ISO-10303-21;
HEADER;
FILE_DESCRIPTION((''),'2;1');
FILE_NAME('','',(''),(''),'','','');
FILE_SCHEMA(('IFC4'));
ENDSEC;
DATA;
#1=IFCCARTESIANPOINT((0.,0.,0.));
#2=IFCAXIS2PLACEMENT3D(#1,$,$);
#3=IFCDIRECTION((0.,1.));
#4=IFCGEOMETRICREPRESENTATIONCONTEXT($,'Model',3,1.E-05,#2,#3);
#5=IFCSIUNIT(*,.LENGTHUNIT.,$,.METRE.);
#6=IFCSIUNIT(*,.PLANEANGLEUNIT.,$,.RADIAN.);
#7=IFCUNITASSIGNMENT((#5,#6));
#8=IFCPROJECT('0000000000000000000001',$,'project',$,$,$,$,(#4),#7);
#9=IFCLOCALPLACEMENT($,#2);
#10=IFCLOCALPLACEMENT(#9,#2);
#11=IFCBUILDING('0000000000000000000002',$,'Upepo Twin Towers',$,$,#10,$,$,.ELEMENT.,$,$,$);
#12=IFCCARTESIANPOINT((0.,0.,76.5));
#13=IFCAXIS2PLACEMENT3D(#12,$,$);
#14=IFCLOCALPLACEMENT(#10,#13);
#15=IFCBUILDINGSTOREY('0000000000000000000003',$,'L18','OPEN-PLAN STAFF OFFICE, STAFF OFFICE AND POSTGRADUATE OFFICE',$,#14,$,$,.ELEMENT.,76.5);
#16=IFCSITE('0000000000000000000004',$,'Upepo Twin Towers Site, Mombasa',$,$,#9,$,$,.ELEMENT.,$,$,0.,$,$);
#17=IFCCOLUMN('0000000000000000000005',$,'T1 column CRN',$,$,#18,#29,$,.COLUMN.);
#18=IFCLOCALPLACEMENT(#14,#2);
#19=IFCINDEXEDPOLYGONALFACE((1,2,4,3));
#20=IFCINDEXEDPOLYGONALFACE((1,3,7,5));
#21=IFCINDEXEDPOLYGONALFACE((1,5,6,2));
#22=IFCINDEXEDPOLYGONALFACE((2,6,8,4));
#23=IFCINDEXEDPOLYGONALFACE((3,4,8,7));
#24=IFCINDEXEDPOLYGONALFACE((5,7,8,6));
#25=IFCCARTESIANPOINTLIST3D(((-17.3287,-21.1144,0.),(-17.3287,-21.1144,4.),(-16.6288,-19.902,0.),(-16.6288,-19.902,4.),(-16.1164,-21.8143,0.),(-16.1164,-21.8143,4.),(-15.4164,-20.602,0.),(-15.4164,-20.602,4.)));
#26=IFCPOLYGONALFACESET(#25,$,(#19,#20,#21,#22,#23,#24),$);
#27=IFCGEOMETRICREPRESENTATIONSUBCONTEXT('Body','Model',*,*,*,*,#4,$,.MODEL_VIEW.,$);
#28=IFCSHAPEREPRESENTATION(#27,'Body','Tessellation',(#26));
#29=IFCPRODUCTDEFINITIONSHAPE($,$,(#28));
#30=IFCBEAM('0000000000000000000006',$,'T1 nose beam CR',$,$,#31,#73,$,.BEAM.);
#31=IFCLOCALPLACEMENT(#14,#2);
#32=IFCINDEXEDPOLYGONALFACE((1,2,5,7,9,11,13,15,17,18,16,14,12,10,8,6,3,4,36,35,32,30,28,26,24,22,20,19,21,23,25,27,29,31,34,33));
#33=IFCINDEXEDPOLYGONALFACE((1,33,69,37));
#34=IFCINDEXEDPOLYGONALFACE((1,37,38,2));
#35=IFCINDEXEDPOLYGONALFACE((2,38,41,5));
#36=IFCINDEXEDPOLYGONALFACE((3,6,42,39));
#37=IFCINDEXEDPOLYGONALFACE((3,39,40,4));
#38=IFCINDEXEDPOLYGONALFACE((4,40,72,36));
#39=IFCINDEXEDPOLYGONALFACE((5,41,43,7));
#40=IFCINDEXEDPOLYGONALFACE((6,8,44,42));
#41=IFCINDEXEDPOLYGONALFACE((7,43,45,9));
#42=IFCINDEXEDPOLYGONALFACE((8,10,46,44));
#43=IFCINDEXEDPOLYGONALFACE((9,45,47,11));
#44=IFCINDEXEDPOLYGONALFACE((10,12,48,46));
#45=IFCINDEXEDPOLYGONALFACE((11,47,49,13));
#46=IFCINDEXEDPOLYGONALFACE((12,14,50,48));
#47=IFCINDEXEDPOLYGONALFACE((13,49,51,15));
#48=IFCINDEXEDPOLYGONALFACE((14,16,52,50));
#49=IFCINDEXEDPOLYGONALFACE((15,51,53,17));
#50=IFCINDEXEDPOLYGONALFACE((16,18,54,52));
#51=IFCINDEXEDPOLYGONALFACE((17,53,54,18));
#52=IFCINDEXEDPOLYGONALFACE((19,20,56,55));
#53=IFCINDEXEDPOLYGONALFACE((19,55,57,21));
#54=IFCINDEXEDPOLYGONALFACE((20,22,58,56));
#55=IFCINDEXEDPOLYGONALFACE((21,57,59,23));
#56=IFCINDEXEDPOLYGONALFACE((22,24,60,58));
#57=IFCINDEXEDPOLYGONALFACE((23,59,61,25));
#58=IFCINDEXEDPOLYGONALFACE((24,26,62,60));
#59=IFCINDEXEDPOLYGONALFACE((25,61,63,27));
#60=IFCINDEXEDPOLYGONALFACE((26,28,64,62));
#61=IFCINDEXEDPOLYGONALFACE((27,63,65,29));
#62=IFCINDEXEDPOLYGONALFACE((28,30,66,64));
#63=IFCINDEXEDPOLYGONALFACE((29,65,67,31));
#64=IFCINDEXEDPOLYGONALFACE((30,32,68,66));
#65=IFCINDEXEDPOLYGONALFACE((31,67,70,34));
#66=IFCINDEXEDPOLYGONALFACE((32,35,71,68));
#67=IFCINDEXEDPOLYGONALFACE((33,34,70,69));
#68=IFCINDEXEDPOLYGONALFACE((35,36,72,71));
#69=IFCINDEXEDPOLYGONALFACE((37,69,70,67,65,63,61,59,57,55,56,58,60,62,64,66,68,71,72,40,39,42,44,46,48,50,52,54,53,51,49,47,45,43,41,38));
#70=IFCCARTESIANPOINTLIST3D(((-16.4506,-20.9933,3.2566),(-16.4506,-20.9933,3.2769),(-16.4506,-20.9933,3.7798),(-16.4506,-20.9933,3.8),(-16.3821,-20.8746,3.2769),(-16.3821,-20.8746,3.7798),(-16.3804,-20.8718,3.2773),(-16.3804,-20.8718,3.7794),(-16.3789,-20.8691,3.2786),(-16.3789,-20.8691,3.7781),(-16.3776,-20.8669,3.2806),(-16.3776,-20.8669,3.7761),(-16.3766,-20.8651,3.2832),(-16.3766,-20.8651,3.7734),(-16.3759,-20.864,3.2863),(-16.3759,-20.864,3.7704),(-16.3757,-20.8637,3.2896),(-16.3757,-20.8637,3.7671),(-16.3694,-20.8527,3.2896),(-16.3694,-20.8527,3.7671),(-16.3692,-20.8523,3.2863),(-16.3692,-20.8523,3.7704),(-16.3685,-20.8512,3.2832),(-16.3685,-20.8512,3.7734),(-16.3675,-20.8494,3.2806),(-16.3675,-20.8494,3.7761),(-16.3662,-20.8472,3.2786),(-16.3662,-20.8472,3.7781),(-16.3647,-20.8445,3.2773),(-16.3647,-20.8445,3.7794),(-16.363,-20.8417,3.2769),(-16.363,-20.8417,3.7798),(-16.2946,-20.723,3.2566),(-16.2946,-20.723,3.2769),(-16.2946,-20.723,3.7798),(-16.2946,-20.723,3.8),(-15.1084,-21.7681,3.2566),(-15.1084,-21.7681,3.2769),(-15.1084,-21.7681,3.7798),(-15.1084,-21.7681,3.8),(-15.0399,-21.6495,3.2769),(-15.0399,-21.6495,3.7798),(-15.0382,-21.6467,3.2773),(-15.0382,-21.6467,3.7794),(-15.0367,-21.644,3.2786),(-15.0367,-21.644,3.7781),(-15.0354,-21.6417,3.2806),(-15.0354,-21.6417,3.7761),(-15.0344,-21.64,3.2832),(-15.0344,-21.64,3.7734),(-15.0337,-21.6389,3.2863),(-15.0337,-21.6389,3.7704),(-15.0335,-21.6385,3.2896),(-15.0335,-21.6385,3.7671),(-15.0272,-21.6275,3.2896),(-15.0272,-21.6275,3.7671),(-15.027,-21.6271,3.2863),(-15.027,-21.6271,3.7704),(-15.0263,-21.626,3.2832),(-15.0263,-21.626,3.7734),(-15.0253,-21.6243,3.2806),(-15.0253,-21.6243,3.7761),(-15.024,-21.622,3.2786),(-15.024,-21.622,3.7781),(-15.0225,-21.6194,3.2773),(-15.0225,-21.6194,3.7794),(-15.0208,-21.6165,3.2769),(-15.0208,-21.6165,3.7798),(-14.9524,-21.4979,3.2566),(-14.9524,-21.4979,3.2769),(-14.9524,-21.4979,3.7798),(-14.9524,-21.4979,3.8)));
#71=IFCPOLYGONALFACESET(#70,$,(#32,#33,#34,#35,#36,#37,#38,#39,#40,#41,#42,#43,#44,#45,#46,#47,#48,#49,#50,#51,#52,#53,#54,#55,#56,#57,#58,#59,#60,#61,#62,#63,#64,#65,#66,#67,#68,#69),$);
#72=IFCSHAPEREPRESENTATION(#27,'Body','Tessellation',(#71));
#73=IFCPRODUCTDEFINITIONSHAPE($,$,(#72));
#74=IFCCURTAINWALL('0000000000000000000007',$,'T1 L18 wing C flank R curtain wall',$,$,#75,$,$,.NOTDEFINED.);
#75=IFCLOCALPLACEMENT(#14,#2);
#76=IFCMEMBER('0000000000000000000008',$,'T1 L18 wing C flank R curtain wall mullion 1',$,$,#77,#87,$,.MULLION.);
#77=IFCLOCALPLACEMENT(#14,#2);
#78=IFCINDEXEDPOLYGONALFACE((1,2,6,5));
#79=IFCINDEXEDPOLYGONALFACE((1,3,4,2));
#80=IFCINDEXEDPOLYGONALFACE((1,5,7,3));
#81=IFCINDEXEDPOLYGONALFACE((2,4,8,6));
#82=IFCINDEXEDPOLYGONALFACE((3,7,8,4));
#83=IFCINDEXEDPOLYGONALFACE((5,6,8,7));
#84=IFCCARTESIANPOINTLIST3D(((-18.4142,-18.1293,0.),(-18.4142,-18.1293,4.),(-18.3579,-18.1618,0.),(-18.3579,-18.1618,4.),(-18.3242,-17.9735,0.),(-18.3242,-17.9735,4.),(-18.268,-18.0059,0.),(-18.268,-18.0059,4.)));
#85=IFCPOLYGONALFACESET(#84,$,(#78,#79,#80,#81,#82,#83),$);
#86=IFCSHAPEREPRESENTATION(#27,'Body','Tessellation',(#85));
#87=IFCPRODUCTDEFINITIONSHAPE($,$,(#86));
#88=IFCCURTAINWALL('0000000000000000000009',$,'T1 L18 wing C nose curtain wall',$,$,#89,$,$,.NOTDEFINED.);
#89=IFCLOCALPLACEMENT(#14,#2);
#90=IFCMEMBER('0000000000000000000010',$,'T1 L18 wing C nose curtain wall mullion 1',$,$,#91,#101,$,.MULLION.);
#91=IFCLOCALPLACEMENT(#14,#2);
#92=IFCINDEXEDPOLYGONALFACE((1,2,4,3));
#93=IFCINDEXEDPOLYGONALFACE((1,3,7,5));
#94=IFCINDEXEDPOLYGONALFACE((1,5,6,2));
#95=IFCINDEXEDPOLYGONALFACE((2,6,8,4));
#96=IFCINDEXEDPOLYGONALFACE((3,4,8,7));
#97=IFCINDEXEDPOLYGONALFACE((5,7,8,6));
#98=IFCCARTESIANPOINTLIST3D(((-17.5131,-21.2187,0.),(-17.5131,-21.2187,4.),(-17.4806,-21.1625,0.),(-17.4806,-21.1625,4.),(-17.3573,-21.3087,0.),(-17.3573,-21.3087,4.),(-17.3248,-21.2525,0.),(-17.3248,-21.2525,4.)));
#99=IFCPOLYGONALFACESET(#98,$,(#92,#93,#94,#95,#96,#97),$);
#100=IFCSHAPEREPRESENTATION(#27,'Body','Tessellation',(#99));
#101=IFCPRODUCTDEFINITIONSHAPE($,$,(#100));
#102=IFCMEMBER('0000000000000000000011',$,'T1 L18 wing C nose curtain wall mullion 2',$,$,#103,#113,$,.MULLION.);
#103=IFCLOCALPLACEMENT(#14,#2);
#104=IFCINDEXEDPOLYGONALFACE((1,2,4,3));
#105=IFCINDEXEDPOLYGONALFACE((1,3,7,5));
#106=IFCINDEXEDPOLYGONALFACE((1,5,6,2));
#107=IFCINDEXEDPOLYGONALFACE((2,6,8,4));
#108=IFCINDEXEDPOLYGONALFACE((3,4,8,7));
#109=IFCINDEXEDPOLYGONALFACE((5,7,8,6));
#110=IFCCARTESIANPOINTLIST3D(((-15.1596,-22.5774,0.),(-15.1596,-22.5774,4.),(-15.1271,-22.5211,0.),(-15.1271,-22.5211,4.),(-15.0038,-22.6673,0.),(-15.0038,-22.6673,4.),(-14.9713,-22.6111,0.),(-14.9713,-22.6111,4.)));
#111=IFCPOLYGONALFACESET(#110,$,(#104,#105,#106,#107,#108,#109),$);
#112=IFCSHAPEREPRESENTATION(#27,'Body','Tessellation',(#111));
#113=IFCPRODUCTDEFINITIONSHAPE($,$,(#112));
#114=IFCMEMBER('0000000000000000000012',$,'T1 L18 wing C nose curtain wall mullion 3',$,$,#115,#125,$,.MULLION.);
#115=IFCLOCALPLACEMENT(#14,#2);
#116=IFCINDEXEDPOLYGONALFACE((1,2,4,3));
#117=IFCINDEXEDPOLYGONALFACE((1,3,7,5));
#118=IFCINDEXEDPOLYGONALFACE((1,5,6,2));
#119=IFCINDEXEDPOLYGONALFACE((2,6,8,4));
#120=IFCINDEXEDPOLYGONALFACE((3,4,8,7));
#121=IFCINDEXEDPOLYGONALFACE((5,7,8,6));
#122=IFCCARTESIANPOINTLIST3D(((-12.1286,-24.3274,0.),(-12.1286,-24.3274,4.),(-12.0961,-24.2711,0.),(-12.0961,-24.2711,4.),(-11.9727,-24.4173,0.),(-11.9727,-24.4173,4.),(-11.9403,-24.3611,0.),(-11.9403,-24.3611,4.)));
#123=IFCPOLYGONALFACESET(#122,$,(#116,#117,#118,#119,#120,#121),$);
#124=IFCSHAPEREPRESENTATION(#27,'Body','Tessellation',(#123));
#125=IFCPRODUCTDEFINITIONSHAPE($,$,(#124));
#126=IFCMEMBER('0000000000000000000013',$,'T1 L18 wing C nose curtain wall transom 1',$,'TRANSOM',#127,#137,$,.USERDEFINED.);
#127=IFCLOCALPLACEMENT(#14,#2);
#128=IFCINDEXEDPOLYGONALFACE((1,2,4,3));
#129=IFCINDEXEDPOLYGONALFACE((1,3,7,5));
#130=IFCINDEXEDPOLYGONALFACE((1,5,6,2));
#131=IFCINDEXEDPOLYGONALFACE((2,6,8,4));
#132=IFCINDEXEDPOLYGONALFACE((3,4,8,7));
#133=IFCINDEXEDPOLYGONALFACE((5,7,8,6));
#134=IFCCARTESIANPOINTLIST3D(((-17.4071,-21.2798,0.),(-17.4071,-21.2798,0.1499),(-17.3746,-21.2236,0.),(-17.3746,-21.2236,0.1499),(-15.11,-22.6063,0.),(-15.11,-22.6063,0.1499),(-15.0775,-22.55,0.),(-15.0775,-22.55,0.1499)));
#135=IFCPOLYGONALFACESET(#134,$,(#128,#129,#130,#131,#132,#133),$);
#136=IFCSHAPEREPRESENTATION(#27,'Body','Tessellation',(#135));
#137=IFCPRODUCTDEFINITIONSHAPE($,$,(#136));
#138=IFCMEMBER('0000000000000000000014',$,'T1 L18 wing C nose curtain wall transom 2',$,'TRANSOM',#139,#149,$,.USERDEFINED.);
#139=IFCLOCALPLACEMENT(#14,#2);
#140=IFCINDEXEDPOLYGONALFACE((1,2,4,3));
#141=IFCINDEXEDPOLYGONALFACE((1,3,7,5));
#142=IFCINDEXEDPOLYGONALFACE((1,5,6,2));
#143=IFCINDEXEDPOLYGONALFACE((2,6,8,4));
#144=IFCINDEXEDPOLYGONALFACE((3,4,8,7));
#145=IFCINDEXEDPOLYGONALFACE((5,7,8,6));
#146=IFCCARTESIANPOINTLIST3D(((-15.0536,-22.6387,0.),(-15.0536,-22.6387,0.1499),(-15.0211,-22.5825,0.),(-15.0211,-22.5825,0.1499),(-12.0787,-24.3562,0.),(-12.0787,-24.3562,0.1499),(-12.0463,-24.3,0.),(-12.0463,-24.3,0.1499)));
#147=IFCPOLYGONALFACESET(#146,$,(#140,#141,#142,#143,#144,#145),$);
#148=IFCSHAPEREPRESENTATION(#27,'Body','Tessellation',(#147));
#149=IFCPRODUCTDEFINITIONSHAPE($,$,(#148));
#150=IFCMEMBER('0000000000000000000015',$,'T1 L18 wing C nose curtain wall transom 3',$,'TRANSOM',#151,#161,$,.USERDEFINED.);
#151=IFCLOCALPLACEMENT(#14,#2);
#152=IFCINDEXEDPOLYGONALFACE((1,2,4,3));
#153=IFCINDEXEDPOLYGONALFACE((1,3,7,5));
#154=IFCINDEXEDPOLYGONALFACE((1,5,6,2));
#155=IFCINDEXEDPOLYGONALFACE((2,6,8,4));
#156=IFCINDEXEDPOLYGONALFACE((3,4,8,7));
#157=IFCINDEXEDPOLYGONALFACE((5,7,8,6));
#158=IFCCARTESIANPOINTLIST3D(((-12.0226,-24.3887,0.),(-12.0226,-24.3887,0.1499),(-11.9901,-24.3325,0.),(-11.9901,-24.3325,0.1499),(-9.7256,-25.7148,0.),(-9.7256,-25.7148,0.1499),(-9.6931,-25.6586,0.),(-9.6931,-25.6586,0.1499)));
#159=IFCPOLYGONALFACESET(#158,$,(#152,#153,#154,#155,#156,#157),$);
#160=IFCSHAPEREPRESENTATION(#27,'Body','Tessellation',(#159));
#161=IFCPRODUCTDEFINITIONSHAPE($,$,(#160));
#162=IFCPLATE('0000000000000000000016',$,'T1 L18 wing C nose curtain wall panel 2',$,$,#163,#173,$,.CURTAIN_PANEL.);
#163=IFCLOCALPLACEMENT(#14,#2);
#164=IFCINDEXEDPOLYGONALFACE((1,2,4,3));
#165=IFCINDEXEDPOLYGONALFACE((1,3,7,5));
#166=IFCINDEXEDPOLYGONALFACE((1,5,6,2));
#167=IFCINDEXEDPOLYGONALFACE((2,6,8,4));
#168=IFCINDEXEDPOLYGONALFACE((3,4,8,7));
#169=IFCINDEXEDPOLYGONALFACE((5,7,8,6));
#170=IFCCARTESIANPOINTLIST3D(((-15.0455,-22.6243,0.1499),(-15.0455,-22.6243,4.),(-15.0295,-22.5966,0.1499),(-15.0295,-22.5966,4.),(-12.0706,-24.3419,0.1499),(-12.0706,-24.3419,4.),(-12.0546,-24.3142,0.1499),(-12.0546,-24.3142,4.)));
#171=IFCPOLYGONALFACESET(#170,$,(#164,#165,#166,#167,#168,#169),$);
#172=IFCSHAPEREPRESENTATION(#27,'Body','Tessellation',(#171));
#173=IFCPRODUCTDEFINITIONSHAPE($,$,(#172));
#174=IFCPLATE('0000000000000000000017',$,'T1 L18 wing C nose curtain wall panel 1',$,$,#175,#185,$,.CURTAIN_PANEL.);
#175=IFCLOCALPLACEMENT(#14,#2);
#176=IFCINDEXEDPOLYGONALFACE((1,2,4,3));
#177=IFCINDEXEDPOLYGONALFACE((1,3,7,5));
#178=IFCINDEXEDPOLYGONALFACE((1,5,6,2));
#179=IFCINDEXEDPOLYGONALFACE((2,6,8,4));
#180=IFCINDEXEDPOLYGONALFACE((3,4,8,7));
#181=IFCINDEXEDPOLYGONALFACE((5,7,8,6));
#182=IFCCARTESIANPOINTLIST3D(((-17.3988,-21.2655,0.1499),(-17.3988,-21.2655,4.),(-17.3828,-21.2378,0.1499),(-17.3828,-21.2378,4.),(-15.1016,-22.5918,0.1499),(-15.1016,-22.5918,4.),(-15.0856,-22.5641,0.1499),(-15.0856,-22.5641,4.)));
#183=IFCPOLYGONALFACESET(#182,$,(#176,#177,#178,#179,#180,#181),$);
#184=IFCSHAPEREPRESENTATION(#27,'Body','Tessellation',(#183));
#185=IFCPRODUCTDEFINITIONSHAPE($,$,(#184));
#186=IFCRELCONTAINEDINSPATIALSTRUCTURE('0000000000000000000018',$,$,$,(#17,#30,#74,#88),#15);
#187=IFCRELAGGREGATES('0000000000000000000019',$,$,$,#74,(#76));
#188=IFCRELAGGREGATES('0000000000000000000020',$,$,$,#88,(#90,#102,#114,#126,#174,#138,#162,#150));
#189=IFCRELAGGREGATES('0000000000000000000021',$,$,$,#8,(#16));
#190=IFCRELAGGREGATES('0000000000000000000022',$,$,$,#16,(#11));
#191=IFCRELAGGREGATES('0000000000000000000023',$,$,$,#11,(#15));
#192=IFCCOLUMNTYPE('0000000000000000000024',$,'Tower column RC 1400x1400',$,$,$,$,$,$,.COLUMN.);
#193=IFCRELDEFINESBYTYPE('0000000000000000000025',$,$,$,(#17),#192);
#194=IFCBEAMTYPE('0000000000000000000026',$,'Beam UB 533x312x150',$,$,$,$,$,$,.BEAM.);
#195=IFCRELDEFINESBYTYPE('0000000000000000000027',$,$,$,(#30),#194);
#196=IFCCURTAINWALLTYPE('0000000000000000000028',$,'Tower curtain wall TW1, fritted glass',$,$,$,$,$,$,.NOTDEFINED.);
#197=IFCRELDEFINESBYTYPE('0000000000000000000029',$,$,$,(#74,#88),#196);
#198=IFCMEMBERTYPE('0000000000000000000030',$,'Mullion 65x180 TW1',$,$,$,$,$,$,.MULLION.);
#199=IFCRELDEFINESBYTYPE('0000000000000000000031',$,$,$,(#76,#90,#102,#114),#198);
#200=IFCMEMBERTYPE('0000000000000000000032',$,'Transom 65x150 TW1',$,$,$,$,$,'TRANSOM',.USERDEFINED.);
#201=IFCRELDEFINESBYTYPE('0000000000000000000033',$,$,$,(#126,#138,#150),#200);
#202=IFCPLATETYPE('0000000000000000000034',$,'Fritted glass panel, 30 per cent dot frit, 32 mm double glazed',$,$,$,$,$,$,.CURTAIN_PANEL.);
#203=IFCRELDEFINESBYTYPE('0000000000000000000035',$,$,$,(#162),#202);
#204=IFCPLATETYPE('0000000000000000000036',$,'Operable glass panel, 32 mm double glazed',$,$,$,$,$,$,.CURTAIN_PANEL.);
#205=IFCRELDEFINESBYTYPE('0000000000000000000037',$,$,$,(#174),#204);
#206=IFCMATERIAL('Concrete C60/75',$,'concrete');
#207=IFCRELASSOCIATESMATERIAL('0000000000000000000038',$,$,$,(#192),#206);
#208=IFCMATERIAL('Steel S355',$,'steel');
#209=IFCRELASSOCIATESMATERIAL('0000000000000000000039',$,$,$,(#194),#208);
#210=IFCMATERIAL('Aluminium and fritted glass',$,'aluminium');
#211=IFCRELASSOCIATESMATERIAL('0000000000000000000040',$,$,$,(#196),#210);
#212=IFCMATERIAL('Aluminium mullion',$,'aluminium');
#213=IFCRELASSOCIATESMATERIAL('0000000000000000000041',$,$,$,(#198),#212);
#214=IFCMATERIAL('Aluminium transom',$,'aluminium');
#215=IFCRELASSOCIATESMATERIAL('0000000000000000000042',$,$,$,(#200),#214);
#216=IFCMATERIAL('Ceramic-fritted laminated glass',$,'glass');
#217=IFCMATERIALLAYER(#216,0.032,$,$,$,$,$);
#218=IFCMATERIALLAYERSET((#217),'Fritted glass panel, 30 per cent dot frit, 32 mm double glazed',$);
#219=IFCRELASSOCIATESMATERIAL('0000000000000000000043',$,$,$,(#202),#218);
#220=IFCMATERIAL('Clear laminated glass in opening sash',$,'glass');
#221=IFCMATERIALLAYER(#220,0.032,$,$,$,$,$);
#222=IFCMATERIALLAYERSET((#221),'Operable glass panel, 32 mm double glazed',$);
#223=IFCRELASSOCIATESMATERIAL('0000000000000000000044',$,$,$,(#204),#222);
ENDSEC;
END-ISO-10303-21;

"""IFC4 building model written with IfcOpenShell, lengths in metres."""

from ifc_helpers import new_model, si_unit, direction, frame, origin, origin_2d, place, context, subcontext, project, spatial, rectangle, i_section, extrude, material, layer, layer_set, material_profile, profile_set, type_object, element, aggregate, save


model = new_model("IFC4")

# Units and contexts
model_context = context("Model", 3, precision=1e-05, world=origin(), true_north=direction((0.0, 1.0)))
body_context = subcontext(model_context, "Body", "Model", "MODEL_VIEW")
ifc_project = project(units=[si_unit("LENGTHUNIT", "METRE"), si_unit("PLANEANGLEUNIT", "RADIAN")], contexts=[model_context])

# Site, building, storey
site_placement = place(None, origin())
site = spatial("IfcSite", under=ifc_project, at=site_placement, Name="Upepo Twin Towers Site, Mombasa", CompositionType="ELEMENT", RefElevation=0.0)
building_placement = place(site_placement, origin())
building = spatial("IfcBuilding", under=site, at=building_placement, Name="Upepo Twin Towers", CompositionType="ELEMENT")
storey_placement = place(building_placement, frame((0.0, 0.0, 76.5)))
storey = spatial("IfcBuildingStorey", under=building, at=storey_placement, Name="L18", Description="OPEN-PLAN STAFF OFFICE, STAFF OFFICE AND POSTGRADUATE OFFICE", CompositionType="ELEMENT", Elevation=76.5)

# Column
ifc_material_1 = material(Name="Concrete C60/75", Category="concrete")
ifc_material_profile_1 = material_profile(ifc_material_1, rectangle(XDim=1.3999, YDim=1.3999, at=origin_2d()), Name="RC 1400x1400")
ifc_profile_set_1 = profile_set([ifc_material_profile_1], Name="Concrete C60/75")
column_type = type_object("IfcColumnType", Name="Tower column RC 1400x1400", PredefinedType="COLUMN", material=ifc_profile_set_1)
column_placement = place(storey_placement, frame((-16.3726, -20.8582, 0.0), z_axis=(0.0, 0.0, 1.0), x_axis=(0.5, 0.866025, 0.0)))
element("IfcColumn", 1, at=column_placement, inside=storey, type_object=column_type, Name="T1 column CRN", PredefinedType="COLUMN", context=body_context, shape_type="SweptSolid", body=[
    extrude(rectangle(XDim=1.3999, YDim=1.3999, at=origin_2d()), origin(), (0.0, 0.0, 1.0), 4.0),
])

# Beam
ifc_material_2 = material(Name="Steel S355", Category="steel")
ifc_material_profile_2 = material_profile(ifc_material_2, i_section(OverallWidth=0.312, OverallDepth=0.5435, WebThickness=0.0127, FlangeThickness=0.0203, FilletRadius=0.0127, at=origin_2d()), Name="UB 533x312x150")
ifc_profile_set_2 = profile_set([ifc_material_profile_2], Name="Steel S355")
beam_type = type_object("IfcBeamType", Name="Beam UB 533x312x150", PredefinedType="BEAM", material=ifc_profile_set_2)
beam_placement = place(storey_placement, frame((-16.3726, -20.8582, 3.5283), z_axis=(0.866044, -0.499968, 0.0), x_axis=(0.499968, 0.866044, 0.0)))
element("IfcBeam", 2, at=beam_placement, inside=storey, type_object=beam_type, Name="T1 nose beam CR", PredefinedType="BEAM", context=body_context, shape_type="SweptSolid", body=[
    extrude(i_section(OverallWidth=0.312, OverallDepth=0.5435, WebThickness=0.0127, FlangeThickness=0.0203, FilletRadius=0.0127, at=origin_2d()), origin(), (0.0, 0.0, 1.0), 1.5498),
])

# Curtain wall, member
ifc_material_3 = material(Name="Aluminium and fritted glass", Category="aluminium")
curtain_wall_type = type_object("IfcCurtainWallType", Name="Tower curtain wall TW1, fritted glass", PredefinedType="NOTDEFINED", material=ifc_material_3)
curtain_wall_1_placement = place(storey_placement, origin())
curtain_wall_1 = element("IfcCurtainWall", 3, at=curtain_wall_1_placement, inside=storey, type_object=curtain_wall_type, Name="T1 L18 wing C flank R curtain wall", PredefinedType="NOTDEFINED")
ifc_material_4 = material(Name="Aluminium mullion", Category="aluminium")
ifc_material_profile_3 = material_profile(ifc_material_4, rectangle(XDim=0.0649, YDim=0.1799, at=origin_2d()), Name="MULLION 65x180")
ifc_profile_set_3 = profile_set([ifc_material_profile_3], Name="Aluminium mullion")
member_type_1 = type_object("IfcMemberType", Name="Mullion 65x180 TW1", PredefinedType="MULLION", material=ifc_profile_set_3)
member_1_placement = place(storey_placement, frame((-18.3411, -18.0676, 0.0), z_axis=(0.0, 0.0, 1.0), x_axis=(-0.866025, 0.5, 0.0)))
member_1 = element("IfcMember", 4, at=member_1_placement, type_object=member_type_1, Name="T1 L18 wing C flank R curtain wall mullion 1", PredefinedType="MULLION", context=body_context, shape_type="SweptSolid", body=[
    extrude(rectangle(XDim=0.0649, YDim=0.1799, at=origin_2d()), origin(), (0.0, 0.0, 1.0), 4.0),
])
aggregate(curtain_wall_1, [member_1])

# Curtain wall, members, plates
curtain_wall_2_placement = place(storey_placement, origin())
curtain_wall_2 = element("IfcCurtainWall", 5, at=curtain_wall_2_placement, inside=storey, type_object=curtain_wall_type, Name="T1 L18 wing C nose curtain wall", PredefinedType="NOTDEFINED")
member_2_placement = place(storey_placement, frame((-17.4189, -21.2356, 0.0), z_axis=(0.0, 0.0, 1.0), x_axis=(0.5, 0.866025, 0.0)))
member_2 = element("IfcMember", 6, at=member_2_placement, type_object=member_type_1, Name="T1 L18 wing C nose curtain wall mullion 1", PredefinedType="MULLION", context=body_context, shape_type="SweptSolid", body=[
    extrude(rectangle(XDim=0.0649, YDim=0.1799, at=origin_2d()), origin(), (0.0, 0.0, 1.0), 4.0),
])
member_3_placement = place(storey_placement, frame((-15.0654, -22.5942, 0.0), z_axis=(0.0, 0.0, 1.0), x_axis=(0.5, 0.866025, 0.0)))
member_3 = element("IfcMember", 7, at=member_3_placement, type_object=member_type_1, Name="T1 L18 wing C nose curtain wall mullion 2", PredefinedType="MULLION", context=body_context, shape_type="SweptSolid", body=[
    extrude(rectangle(XDim=0.0649, YDim=0.1799, at=origin_2d()), origin(), (0.0, 0.0, 1.0), 4.0),
])
member_4_placement = place(storey_placement, frame((-12.0344, -24.3442, 0.0), z_axis=(0.0, 0.0, 1.0), x_axis=(0.5, 0.866025, 0.0)))
member_4 = element("IfcMember", 8, at=member_4_placement, type_object=member_type_1, Name="T1 L18 wing C nose curtain wall mullion 3", PredefinedType="MULLION", context=body_context, shape_type="SweptSolid", body=[
    extrude(rectangle(XDim=0.0649, YDim=0.1799, at=origin_2d()), origin(), (0.0, 0.0, 1.0), 4.0),
])
ifc_material_5 = material(Name="Aluminium transom", Category="aluminium")
ifc_material_profile_4 = material_profile(ifc_material_5, rectangle(XDim=0.0649, YDim=0.1499, at=origin_2d()), Name="TRANSOM 65x150")
ifc_profile_set_4 = profile_set([ifc_material_profile_4], Name="Aluminium transom")
member_type_2 = type_object("IfcMemberType", Name="Transom 65x150 TW1", ElementType="TRANSOM", PredefinedType="USERDEFINED", material=ifc_profile_set_4)
member_5_placement = place(storey_placement, frame((-17.3909, -21.2517, 0.075), z_axis=(0.865997, -0.500049, 0.0), x_axis=(0.500049, 0.865997, 0.0)))
member_5 = element("IfcMember", 9, at=member_5_placement, type_object=member_type_2, Name="T1 L18 wing C nose curtain wall transom 1", ObjectType="TRANSOM", PredefinedType="USERDEFINED", context=body_context, shape_type="SweptSolid", body=[
    extrude(rectangle(XDim=0.0649, YDim=0.1499, at=origin_2d()), origin(), (0.0, 0.0, 1.0), 2.6526),
])
member_6_placement = place(storey_placement, frame((-15.0374, -22.6106, 0.075), z_axis=(0.866026, -0.499999, 0.0), x_axis=(0.499999, 0.866026, 0.0)))
member_6 = element("IfcMember", 10, at=member_6_placement, type_object=member_type_2, Name="T1 L18 wing C nose curtain wall transom 2", ObjectType="TRANSOM", PredefinedType="USERDEFINED", context=body_context, shape_type="SweptSolid", body=[
    extrude(rectangle(XDim=0.0649, YDim=0.1499, at=origin_2d()), origin(), (0.0, 0.0, 1.0), 3.4351),
])
member_7_placement = place(storey_placement, frame((-12.0063, -24.3606, 0.075), z_axis=(0.866037, -0.49998, 0.0), x_axis=(0.49998, 0.866037, 0.0)))
member_7 = element("IfcMember", 11, at=member_7_placement, type_object=member_type_2, Name="T1 L18 wing C nose curtain wall transom 3", ObjectType="TRANSOM", PredefinedType="USERDEFINED", context=body_context, shape_type="SweptSolid", body=[
    extrude(rectangle(XDim=0.0649, YDim=0.1499, at=origin_2d()), origin(), (0.0, 0.0, 1.0), 2.6523),
])
ifc_material_6 = material(Name="Ceramic-fritted laminated glass", Category="glass")
ifc_layer_1 = layer(ifc_material_6, 0.032)
ifc_layer_set_1 = layer_set([ifc_layer_1], Name="Fritted glass panel, 30 per cent dot frit, 32 mm double glazed")
plate_type_1 = type_object("IfcPlateType", Name="Fritted glass panel, 30 per cent dot frit, 32 mm double glazed", PredefinedType="CURTAIN_PANEL", material=ifc_layer_set_1)
plate_1_placement = place(storey_placement, frame((-13.55, -23.4692, 0.1499), z_axis=(0.0, 0.0, 1.0), x_axis=(0.866025, -0.5, 0.0)))
plate_1 = element("IfcPlate", 12, at=plate_1_placement, type_object=plate_type_1, Name="T1 L18 wing C nose curtain wall panel 2", PredefinedType="CURTAIN_PANEL", context=body_context, shape_type="SweptSolid", body=[
    extrude(rectangle(XDim=3.4351, YDim=0.032, at=origin_2d()), origin(), (0.0, 0.0, 1.0), 3.8501),
])
ifc_material_7 = material(Name="Clear laminated glass in opening sash", Category="glass")
ifc_layer_2 = layer(ifc_material_7, 0.032)
ifc_layer_set_2 = layer_set([ifc_layer_2], Name="Operable glass panel, 32 mm double glazed")
plate_type_2 = type_object("IfcPlateType", Name="Operable glass panel, 32 mm double glazed", PredefinedType="CURTAIN_PANEL", material=ifc_layer_set_2)
plate_2_placement = place(storey_placement, frame((-16.2422, -21.9148, 0.1499), z_axis=(0.0, 0.0, 1.0), x_axis=(0.866025, -0.5, 0.0)))
plate_2 = element("IfcPlate", 13, at=plate_2_placement, type_object=plate_type_2, Name="T1 L18 wing C nose curtain wall panel 1", PredefinedType="CURTAIN_PANEL", context=body_context, shape_type="SweptSolid", body=[
    extrude(rectangle(XDim=2.6526, YDim=0.032, at=origin_2d()), origin(), (0.0, 0.0, 1.0), 3.8501),
])
aggregate(curtain_wall_2, [member_2, member_3, member_4, member_5, plate_2, member_6, plate_1, member_7])

save(model, "model.ifc")
